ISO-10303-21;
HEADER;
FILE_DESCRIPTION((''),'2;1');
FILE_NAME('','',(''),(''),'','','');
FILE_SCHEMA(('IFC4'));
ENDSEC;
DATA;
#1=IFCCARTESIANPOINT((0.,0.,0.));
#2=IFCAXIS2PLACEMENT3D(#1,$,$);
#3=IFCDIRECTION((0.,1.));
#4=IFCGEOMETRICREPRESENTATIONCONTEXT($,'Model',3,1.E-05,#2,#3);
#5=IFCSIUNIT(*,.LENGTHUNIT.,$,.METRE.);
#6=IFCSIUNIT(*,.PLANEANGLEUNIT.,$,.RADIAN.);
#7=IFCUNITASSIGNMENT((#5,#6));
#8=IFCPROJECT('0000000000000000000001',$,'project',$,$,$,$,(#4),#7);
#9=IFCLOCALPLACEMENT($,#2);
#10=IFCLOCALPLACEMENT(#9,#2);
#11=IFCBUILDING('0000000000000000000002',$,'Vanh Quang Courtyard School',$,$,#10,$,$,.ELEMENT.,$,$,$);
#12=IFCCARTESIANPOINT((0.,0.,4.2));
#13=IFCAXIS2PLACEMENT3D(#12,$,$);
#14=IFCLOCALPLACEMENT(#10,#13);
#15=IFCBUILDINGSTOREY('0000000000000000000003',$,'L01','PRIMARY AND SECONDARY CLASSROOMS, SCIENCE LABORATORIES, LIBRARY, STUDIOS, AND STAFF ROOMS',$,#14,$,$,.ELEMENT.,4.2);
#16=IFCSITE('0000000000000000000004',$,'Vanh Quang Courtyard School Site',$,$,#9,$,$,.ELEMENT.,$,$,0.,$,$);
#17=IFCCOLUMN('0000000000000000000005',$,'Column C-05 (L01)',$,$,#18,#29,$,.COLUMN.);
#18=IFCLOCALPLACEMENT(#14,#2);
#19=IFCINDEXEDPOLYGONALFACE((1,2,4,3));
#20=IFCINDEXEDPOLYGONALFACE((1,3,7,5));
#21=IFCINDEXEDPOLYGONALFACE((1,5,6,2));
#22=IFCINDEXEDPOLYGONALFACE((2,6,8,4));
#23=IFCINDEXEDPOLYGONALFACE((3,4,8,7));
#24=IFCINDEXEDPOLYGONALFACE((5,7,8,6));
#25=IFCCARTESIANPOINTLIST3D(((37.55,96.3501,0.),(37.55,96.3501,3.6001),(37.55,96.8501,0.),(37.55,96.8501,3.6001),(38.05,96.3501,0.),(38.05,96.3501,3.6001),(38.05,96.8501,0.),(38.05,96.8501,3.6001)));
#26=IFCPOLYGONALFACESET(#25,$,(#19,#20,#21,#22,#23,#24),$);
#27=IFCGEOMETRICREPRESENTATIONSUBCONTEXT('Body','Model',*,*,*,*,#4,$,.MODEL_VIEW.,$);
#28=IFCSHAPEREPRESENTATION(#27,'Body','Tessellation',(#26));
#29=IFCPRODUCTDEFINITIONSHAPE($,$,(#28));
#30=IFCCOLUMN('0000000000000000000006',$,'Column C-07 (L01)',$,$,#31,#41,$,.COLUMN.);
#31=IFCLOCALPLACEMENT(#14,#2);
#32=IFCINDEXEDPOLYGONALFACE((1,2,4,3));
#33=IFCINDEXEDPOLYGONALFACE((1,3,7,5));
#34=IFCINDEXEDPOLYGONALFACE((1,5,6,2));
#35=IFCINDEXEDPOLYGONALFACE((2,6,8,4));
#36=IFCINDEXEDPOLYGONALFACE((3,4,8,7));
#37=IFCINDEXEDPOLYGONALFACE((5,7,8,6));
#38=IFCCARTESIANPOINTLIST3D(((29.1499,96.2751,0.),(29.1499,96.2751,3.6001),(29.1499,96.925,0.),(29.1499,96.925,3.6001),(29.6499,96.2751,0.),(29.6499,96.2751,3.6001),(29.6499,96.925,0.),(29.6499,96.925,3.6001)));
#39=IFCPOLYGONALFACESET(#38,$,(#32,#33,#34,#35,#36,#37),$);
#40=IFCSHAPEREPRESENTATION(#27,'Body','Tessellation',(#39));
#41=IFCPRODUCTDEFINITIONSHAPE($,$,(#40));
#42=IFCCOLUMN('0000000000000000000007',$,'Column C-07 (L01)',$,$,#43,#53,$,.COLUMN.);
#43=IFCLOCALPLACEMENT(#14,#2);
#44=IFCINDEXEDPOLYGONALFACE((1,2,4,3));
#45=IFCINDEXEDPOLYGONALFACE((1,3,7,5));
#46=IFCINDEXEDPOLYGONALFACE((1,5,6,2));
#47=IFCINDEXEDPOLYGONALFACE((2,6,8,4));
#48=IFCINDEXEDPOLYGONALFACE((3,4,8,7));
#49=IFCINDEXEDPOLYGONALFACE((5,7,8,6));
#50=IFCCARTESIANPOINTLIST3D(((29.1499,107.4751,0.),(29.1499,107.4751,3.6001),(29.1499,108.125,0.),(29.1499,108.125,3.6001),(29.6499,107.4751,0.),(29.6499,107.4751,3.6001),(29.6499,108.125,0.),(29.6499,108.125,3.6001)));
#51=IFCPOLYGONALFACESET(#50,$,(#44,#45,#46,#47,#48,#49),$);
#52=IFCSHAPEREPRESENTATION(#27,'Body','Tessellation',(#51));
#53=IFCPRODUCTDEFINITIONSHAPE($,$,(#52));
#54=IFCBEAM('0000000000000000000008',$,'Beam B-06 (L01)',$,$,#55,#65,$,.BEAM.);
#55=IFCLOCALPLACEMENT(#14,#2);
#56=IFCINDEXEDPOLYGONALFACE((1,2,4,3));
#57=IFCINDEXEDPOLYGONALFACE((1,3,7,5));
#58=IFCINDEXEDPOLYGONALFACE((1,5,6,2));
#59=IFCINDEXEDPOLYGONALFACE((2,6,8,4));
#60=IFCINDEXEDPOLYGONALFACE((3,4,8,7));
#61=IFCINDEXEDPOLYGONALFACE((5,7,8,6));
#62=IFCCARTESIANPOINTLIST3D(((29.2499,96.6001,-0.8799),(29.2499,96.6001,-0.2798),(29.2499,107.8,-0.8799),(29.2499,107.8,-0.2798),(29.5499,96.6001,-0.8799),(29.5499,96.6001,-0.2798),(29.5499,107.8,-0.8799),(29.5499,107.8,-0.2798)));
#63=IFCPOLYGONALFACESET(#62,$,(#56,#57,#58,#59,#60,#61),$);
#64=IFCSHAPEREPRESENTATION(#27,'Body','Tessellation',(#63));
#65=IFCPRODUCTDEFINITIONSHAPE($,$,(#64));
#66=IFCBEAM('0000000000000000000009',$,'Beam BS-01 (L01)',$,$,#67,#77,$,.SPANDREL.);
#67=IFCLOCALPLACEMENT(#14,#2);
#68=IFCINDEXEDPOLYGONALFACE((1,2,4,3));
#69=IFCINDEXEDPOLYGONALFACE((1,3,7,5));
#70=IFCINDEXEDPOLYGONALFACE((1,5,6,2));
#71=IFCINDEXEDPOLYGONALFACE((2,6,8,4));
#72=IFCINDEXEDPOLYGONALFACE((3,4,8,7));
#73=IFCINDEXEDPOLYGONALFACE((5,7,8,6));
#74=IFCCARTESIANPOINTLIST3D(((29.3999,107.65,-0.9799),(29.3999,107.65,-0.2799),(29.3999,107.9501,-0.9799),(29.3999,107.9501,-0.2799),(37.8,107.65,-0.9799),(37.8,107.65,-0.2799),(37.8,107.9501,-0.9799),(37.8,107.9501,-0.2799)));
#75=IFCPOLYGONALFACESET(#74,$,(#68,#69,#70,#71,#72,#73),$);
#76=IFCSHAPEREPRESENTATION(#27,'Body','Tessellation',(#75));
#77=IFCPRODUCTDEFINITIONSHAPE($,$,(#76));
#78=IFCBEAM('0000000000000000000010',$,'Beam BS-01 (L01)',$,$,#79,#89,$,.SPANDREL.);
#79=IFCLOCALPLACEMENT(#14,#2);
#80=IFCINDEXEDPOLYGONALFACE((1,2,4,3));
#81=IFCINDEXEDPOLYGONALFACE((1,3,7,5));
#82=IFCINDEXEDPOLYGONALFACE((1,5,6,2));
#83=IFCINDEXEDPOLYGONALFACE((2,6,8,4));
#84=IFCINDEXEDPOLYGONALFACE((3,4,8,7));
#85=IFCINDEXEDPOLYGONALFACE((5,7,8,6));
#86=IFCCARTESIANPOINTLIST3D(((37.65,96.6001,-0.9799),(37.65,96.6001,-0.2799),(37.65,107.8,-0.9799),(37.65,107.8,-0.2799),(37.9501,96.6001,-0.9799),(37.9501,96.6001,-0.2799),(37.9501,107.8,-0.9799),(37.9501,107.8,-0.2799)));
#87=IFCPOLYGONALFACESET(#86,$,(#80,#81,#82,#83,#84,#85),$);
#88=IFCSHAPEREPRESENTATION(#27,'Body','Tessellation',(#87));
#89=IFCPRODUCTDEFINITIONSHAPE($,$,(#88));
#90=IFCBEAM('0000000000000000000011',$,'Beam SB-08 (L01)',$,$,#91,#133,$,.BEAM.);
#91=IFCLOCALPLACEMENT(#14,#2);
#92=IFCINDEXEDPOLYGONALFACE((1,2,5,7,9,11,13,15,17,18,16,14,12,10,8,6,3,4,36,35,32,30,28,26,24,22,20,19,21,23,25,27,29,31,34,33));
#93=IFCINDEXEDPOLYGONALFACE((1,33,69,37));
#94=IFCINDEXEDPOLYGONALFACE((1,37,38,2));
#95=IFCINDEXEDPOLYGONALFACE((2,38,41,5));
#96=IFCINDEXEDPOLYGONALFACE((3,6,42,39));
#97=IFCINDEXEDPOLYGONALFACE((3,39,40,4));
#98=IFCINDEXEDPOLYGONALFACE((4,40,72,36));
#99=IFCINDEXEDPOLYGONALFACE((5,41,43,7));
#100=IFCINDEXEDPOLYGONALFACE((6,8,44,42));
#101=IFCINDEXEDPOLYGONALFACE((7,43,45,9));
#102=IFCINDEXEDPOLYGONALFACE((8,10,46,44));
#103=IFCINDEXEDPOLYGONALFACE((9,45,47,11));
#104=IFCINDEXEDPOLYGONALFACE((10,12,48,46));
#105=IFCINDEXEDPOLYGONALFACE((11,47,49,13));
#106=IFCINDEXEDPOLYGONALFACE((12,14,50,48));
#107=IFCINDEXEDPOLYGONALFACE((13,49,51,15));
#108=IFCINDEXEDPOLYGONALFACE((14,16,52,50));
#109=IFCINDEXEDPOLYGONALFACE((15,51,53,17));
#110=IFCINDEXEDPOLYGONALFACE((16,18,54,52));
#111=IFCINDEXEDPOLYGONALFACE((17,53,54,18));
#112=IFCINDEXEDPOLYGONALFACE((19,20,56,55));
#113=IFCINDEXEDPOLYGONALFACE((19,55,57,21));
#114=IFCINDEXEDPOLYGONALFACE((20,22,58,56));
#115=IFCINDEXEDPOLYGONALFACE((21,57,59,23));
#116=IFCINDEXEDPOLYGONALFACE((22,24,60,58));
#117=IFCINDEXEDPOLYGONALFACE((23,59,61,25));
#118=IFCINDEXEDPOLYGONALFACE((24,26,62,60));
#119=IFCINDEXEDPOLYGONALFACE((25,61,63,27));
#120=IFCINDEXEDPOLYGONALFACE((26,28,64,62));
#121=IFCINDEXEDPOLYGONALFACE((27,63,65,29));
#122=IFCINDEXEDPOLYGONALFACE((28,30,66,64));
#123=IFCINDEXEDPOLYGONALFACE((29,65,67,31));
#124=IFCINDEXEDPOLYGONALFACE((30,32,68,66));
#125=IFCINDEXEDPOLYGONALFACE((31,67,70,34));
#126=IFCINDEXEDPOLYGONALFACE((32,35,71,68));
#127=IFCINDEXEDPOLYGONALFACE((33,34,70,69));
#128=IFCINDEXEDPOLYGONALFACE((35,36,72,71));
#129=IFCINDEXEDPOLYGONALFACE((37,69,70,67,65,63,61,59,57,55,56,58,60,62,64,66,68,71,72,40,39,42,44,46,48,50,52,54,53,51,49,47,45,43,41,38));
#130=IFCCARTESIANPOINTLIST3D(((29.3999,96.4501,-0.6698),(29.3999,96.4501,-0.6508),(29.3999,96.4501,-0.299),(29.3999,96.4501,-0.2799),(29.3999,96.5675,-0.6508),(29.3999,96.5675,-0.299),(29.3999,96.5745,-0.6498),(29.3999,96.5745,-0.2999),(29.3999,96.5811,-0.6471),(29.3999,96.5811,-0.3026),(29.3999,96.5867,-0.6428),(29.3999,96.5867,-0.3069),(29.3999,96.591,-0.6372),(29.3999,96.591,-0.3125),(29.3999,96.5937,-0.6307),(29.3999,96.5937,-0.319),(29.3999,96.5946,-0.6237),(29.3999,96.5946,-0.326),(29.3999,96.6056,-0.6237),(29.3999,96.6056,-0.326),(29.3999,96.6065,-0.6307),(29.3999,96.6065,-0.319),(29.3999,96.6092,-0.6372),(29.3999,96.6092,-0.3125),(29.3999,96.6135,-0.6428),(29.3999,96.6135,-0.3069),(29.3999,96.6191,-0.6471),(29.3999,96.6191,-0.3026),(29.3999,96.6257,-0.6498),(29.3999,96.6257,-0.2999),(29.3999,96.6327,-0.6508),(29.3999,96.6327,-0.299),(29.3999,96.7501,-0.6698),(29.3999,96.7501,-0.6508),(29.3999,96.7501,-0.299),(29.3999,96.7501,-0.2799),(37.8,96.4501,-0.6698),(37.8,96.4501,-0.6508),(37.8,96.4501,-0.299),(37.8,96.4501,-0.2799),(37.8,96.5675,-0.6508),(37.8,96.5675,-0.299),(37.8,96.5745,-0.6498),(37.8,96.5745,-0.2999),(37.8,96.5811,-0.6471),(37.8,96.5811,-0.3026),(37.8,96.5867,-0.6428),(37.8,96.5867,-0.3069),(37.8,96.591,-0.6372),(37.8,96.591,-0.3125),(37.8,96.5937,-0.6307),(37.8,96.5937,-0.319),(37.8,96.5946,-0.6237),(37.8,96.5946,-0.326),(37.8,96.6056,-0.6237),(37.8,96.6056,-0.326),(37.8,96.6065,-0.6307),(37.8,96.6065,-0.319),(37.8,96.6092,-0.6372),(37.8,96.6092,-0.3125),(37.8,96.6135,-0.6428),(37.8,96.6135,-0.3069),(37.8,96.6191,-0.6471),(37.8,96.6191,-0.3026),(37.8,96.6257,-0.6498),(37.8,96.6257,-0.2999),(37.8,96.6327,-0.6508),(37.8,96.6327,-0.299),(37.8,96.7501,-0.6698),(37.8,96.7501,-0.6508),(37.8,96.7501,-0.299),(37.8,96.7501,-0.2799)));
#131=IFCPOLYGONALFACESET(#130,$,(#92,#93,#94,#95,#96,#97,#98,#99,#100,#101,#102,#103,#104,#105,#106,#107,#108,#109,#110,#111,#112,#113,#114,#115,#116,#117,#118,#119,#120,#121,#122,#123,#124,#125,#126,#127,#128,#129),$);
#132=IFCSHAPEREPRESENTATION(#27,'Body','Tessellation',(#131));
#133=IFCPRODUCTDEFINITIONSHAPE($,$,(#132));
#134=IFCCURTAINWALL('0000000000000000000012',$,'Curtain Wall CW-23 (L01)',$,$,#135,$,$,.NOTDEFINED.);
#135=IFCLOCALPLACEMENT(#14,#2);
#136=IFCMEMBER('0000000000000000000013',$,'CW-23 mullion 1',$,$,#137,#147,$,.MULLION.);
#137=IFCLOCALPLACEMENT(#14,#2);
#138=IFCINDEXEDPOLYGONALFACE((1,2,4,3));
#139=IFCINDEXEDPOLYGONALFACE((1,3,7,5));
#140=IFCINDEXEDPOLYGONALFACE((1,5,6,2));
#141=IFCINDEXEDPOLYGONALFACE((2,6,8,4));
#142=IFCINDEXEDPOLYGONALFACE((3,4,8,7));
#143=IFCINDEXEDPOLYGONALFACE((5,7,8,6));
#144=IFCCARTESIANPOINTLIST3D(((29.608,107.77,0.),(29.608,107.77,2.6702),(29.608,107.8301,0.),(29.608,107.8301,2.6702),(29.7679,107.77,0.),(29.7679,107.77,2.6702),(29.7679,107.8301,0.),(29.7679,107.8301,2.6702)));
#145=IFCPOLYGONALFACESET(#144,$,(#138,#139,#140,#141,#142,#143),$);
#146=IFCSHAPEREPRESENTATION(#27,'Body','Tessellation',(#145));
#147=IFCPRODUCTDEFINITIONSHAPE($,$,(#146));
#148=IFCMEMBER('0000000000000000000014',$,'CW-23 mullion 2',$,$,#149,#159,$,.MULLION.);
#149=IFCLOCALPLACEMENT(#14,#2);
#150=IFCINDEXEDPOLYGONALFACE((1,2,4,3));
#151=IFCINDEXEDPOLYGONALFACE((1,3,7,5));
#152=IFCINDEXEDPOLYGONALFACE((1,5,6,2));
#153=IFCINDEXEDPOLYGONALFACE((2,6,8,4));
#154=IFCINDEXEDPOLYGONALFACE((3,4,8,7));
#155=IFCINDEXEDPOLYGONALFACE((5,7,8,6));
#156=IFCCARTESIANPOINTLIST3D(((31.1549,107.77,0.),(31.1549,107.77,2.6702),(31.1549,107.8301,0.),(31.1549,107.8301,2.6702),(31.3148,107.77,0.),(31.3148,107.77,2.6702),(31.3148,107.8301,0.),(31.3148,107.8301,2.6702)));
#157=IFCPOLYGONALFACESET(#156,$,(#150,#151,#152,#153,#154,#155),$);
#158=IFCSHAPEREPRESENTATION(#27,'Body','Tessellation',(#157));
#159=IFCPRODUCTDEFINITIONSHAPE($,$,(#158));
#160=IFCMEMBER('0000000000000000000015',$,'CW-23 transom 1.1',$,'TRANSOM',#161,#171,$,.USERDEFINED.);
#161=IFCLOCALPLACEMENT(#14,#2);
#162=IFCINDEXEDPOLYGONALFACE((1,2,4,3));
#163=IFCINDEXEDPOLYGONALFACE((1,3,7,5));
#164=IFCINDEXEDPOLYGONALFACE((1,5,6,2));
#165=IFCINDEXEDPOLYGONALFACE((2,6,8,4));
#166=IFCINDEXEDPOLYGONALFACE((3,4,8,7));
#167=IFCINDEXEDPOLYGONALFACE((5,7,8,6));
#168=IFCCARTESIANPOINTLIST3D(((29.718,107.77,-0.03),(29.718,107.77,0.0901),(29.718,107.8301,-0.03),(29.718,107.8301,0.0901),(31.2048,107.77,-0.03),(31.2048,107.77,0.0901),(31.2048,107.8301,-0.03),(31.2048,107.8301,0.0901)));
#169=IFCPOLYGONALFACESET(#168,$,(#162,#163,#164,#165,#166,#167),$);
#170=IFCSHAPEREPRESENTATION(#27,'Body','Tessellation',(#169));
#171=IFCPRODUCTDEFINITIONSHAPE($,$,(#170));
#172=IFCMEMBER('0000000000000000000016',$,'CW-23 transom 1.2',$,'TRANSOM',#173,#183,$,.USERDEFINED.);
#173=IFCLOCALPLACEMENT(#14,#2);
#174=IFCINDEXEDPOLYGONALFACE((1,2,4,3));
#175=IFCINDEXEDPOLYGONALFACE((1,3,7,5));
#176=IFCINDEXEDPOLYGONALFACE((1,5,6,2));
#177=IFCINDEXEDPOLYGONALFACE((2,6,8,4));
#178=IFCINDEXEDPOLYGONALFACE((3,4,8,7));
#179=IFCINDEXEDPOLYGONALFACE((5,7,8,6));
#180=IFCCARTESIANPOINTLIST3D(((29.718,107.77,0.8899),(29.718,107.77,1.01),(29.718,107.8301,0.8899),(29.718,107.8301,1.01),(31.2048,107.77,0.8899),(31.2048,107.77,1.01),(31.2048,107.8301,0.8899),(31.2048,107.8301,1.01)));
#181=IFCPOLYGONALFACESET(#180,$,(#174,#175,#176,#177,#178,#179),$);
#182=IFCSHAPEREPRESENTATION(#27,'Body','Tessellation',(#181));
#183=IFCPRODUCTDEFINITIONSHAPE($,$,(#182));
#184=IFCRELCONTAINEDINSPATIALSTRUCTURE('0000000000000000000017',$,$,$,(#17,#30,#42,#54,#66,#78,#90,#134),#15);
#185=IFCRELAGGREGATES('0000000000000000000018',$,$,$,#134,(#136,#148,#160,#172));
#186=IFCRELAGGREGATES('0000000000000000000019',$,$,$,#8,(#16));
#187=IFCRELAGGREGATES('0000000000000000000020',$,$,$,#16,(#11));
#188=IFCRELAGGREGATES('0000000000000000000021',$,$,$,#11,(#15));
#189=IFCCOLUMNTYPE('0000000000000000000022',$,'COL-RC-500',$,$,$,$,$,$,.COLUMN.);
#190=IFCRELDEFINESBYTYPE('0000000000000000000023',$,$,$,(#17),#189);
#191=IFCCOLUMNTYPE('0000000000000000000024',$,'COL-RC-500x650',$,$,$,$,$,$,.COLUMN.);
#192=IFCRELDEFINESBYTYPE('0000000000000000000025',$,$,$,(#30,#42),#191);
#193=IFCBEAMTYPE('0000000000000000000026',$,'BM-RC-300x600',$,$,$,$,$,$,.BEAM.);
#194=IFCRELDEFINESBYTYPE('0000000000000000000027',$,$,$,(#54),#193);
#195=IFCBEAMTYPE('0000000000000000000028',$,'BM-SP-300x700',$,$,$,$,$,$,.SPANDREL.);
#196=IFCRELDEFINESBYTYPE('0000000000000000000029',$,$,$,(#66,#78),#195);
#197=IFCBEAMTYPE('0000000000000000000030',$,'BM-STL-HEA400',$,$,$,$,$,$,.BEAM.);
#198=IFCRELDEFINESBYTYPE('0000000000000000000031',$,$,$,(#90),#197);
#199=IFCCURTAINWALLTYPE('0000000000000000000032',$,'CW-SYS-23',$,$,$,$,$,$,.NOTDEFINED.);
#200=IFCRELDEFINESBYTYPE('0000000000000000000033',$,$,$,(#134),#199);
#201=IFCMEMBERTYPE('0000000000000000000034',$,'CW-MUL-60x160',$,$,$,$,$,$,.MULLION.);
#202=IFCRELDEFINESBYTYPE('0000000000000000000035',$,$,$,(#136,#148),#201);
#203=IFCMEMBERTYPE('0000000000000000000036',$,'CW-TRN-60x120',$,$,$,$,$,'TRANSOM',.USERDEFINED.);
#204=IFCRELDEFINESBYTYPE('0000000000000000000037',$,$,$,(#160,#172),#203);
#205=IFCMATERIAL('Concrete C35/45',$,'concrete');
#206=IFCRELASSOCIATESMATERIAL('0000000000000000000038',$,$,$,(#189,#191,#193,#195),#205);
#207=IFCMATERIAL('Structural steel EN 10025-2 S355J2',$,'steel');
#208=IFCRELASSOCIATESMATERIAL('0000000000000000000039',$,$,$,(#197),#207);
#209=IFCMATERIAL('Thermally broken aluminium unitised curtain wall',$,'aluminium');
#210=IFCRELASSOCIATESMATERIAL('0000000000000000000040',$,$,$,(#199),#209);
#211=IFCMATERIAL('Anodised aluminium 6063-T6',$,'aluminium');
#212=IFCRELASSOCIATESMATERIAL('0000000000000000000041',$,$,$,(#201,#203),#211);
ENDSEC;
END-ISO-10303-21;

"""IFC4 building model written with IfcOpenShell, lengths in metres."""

from ifc_helpers import new_model, si_unit, direction, frame, origin, origin_2d, place, context, subcontext, project, spatial, rectangle, i_section, extrude, material, material_profile, profile_set, type_object, element, aggregate, save


model = new_model("IFC4")

# Units and contexts
model_context = context("Model", 3, precision=1e-05, world=origin(), true_north=direction((0.0, 1.0)))
body_context = subcontext(model_context, "Body", "Model", "MODEL_VIEW")
ifc_project = project(units=[si_unit("LENGTHUNIT", "METRE"), si_unit("PLANEANGLEUNIT", "RADIAN")], contexts=[model_context])

# Site, building, storey
site_placement = place(None, origin())
site = spatial("IfcSite", under=ifc_project, at=site_placement, Name="Vanh Quang Courtyard School Site", CompositionType="ELEMENT", RefElevation=0.0)
building_placement = place(site_placement, origin())
building = spatial("IfcBuilding", under=site, at=building_placement, Name="Vanh Quang Courtyard School", CompositionType="ELEMENT")
storey_placement = place(building_placement, frame((0.0, 0.0, 4.2)))
storey = spatial("IfcBuildingStorey", under=building, at=storey_placement, Name="L01", Description="PRIMARY AND SECONDARY CLASSROOMS, SCIENCE LABORATORIES, LIBRARY, STUDIOS, AND STAFF ROOMS", CompositionType="ELEMENT", Elevation=4.2)

# Columns
ifc_material_1 = material(Name="Concrete C35/45", Category="concrete")
ifc_material_profile_1 = material_profile(ifc_material_1, rectangle(XDim=0.5, YDim=0.5, at=origin_2d()), Name="RC-COL 500x500")
ifc_profile_set_1 = profile_set([ifc_material_profile_1], Name="Concrete C35/45")
column_type_1 = type_object("IfcColumnType", Name="COL-RC-500", PredefinedType="COLUMN", material=ifc_profile_set_1)
column_placement = place(storey_placement, frame((37.8, 96.6001, 0.0), z_axis=(0.0, 0.0, 1.0), x_axis=(1.0, 0.0, 0.0)))
element("IfcColumn", 1, at=column_placement, inside=storey, type_object=column_type_1, Name="Column C-05 (L01)", PredefinedType="COLUMN", context=body_context, shape_type="SweptSolid", body=[
    extrude(rectangle(XDim=0.5, YDim=0.5, at=origin_2d()), origin(), (0.0, 0.0, 1.0), 3.6001),
])
ifc_material_profile_2 = material_profile(ifc_material_1, rectangle(XDim=0.5, YDim=0.6499, at=origin_2d()), Name="RC-COL 500x650")
ifc_profile_set_2 = profile_set([ifc_material_profile_2], Name="Concrete C35/45")
column_type_2 = type_object("IfcColumnType", Name="COL-RC-500x650", PredefinedType="COLUMN", material=ifc_profile_set_2)
for number, where, z_axis, x_axis, name in (
    (2, (29.3999, 96.6001, 0.0), (0.0, 0.0, 1.0), (1.0, 0.0, 0.0), "Column C-07 (L01)"),
    (3, (29.3999, 107.8, 0.0), (0.0, 0.0, 1.0), (1.0, 0.0, 0.0), "Column C-07 (L01)"),
):
    element("IfcColumn", number, at=place(storey_placement, frame(where, z_axis=z_axis, x_axis=x_axis)), inside=storey, type_object=column_type_2, Name=name, PredefinedType="COLUMN", context=body_context, shape_type="SweptSolid", body=[
        extrude(rectangle(XDim=0.5, YDim=0.6499, at=origin_2d()), origin(), (0.0, 0.0, 1.0), 3.6001),
    ])

# Beams
ifc_material_profile_3 = material_profile(ifc_material_1, rectangle(XDim=0.3, YDim=0.6001, at=origin_2d()), Name="RC-BM 300x600")
ifc_profile_set_3 = profile_set([ifc_material_profile_3], Name="Concrete C35/45")
beam_type_1 = type_object("IfcBeamType", Name="BM-RC-300x600", PredefinedType="BEAM", material=ifc_profile_set_3)
beam_1_placement = place(storey_placement, frame((29.3999, 96.6001, -0.5798), z_axis=(0.0, 1.0, 0.0), x_axis=(-1.0, 0.0, 0.0)))
element("IfcBeam", 4, at=beam_1_placement, inside=storey, type_object=beam_type_1, Name="Beam B-06 (L01)", PredefinedType="BEAM", context=body_context, shape_type="SweptSolid", body=[
    extrude(rectangle(XDim=0.3, YDim=0.6001, at=origin_2d()), origin(), (0.0, 0.0, 1.0), 11.2),
])
ifc_material_profile_4 = material_profile(ifc_material_1, rectangle(XDim=0.3, YDim=0.7, at=origin_2d()), Name="RC-SP 300x700")
ifc_profile_set_4 = profile_set([ifc_material_profile_4], Name="Concrete C35/45")
beam_type_2 = type_object("IfcBeamType", Name="BM-SP-300x700", PredefinedType="SPANDREL", material=ifc_profile_set_4)
beam_2_placement = place(storey_placement, frame((29.3999, 107.8, -0.6299), z_axis=(1.0, 0.0, 0.0), x_axis=(0.0, 1.0, 0.0)))
element("IfcBeam", 5, at=beam_2_placement, inside=storey, type_object=beam_type_2, Name="Beam BS-01 (L01)", PredefinedType="SPANDREL", context=body_context, shape_type="SweptSolid", body=[
    extrude(rectangle(XDim=0.3, YDim=0.7, at=origin_2d()), origin(), (0.0, 0.0, 1.0), 8.4001),
])
beam_3_placement = place(storey_placement, frame((37.8, 96.6001, -0.6299), z_axis=(0.0, 1.0, 0.0), x_axis=(-1.0, 0.0, 0.0)))
element("IfcBeam", 6, at=beam_3_placement, inside=storey, type_object=beam_type_2, Name="Beam BS-01 (L01)", PredefinedType="SPANDREL", context=body_context, shape_type="SweptSolid", body=[
    extrude(rectangle(XDim=0.3, YDim=0.7, at=origin_2d()), origin(), (0.0, 0.0, 1.0), 11.2),
])
ifc_material_2 = material(Name="Structural steel EN 10025-2 S355J2", Category="steel")
ifc_material_profile_5 = material_profile(ifc_material_2, i_section(OverallWidth=0.3, OverallDepth=0.3899, WebThickness=0.011, FlangeThickness=0.019, FilletRadius=0.0271, at=origin_2d()), Name="HEA 400")
ifc_profile_set_5 = profile_set([ifc_material_profile_5], Name="Structural steel EN 10025-2 S355J2")
beam_type_3 = type_object("IfcBeamType", Name="BM-STL-HEA400", PredefinedType="BEAM", material=ifc_profile_set_5)
beam_4_placement = place(storey_placement, frame((29.3999, 96.6001, -0.4749), z_axis=(1.0, 0.0, 0.0), x_axis=(0.0, 1.0, 0.0)))
element("IfcBeam", 7, at=beam_4_placement, inside=storey, type_object=beam_type_3, Name="Beam SB-08 (L01)", PredefinedType="BEAM", context=body_context, shape_type="SweptSolid", body=[
    extrude(i_section(OverallWidth=0.3, OverallDepth=0.3899, WebThickness=0.011, FlangeThickness=0.019, FilletRadius=0.0271, at=origin_2d()), origin(), (0.0, 0.0, 1.0), 8.4001),
])

# Curtain wall, members
ifc_material_3 = material(Name="Thermally broken aluminium unitised curtain wall", Category="aluminium")
curtain_wall_type = type_object("IfcCurtainWallType", Name="CW-SYS-23", PredefinedType="NOTDEFINED", material=ifc_material_3)
curtain_wall_placement = place(storey_placement, origin())
curtain_wall = element("IfcCurtainWall", 8, at=curtain_wall_placement, inside=storey, type_object=curtain_wall_type, Name="Curtain Wall CW-23 (L01)", PredefinedType="NOTDEFINED")
ifc_material_4 = material(Name="Anodised aluminium 6063-T6", Category="aluminium")
ifc_material_profile_6 = material_profile(ifc_material_4, rectangle(XDim=0.0601, YDim=0.1599, at=origin_2d()), Name="ALU-MUL 60x160")
ifc_profile_set_6 = profile_set([ifc_material_profile_6], Name="Anodised aluminium 6063-T6")
member_type_1 = type_object("IfcMemberType", Name="CW-MUL-60x160", PredefinedType="MULLION", material=ifc_profile_set_6)
member_1_placement = place(storey_placement, frame((29.688, 107.8, 0.0), z_axis=(0.0, 0.0, 1.0), x_axis=(0.0, 1.0, 0.0)))
member_1 = element("IfcMember", 9, at=member_1_placement, type_object=member_type_1, Name="CW-23 mullion 1", PredefinedType="MULLION", context=body_context, shape_type="SweptSolid", body=[
    extrude(rectangle(XDim=0.0601, YDim=0.1599, at=origin_2d()), origin(), (0.0, 0.0, 1.0), 2.6702),
])
member_2_placement = place(storey_placement, frame((31.2349, 107.8, 0.0), z_axis=(0.0, 0.0, 1.0), x_axis=(0.0, 1.0, 0.0)))
member_2 = element("IfcMember", 10, at=member_2_placement, type_object=member_type_1, Name="CW-23 mullion 2", PredefinedType="MULLION", context=body_context, shape_type="SweptSolid", body=[
    extrude(rectangle(XDim=0.0601, YDim=0.1599, at=origin_2d()), origin(), (0.0, 0.0, 1.0), 2.6702),
])
ifc_material_profile_7 = material_profile(ifc_material_4, rectangle(XDim=0.0601, YDim=0.1201, at=origin_2d()), Name="ALU-TRN 60x120")
ifc_profile_set_7 = profile_set([ifc_material_profile_7], Name="Anodised aluminium 6063-T6")
member_type_2 = type_object("IfcMemberType", Name="CW-TRN-60x120", ElementType="TRANSOM", PredefinedType="USERDEFINED", material=ifc_profile_set_7)
member_3_placement = place(storey_placement, frame((29.718, 107.8, 0.03), z_axis=(1.0, 0.0, 0.0), x_axis=(0.0, 1.0, 0.0)))
member_3 = element("IfcMember", 11, at=member_3_placement, type_object=member_type_2, Name="CW-23 transom 1.1", ObjectType="TRANSOM", PredefinedType="USERDEFINED", context=body_context, shape_type="SweptSolid", body=[
    extrude(rectangle(XDim=0.0601, YDim=0.1201, at=origin_2d()), origin(), (0.0, 0.0, 1.0), 1.4868),
])
member_4_placement = place(storey_placement, frame((29.718, 107.8, 0.95), z_axis=(1.0, 0.0, 0.0), x_axis=(0.0, 1.0, 0.0)))
member_4 = element("IfcMember", 12, at=member_4_placement, type_object=member_type_2, Name="CW-23 transom 1.2", ObjectType="TRANSOM", PredefinedType="USERDEFINED", context=body_context, shape_type="SweptSolid", body=[
    extrude(rectangle(XDim=0.0601, YDim=0.1201, at=origin_2d()), origin(), (0.0, 0.0, 1.0), 1.4868),
])

aggregate(curtain_wall, [member_1, member_2, member_3, member_4])

save(model, "model.ifc")
